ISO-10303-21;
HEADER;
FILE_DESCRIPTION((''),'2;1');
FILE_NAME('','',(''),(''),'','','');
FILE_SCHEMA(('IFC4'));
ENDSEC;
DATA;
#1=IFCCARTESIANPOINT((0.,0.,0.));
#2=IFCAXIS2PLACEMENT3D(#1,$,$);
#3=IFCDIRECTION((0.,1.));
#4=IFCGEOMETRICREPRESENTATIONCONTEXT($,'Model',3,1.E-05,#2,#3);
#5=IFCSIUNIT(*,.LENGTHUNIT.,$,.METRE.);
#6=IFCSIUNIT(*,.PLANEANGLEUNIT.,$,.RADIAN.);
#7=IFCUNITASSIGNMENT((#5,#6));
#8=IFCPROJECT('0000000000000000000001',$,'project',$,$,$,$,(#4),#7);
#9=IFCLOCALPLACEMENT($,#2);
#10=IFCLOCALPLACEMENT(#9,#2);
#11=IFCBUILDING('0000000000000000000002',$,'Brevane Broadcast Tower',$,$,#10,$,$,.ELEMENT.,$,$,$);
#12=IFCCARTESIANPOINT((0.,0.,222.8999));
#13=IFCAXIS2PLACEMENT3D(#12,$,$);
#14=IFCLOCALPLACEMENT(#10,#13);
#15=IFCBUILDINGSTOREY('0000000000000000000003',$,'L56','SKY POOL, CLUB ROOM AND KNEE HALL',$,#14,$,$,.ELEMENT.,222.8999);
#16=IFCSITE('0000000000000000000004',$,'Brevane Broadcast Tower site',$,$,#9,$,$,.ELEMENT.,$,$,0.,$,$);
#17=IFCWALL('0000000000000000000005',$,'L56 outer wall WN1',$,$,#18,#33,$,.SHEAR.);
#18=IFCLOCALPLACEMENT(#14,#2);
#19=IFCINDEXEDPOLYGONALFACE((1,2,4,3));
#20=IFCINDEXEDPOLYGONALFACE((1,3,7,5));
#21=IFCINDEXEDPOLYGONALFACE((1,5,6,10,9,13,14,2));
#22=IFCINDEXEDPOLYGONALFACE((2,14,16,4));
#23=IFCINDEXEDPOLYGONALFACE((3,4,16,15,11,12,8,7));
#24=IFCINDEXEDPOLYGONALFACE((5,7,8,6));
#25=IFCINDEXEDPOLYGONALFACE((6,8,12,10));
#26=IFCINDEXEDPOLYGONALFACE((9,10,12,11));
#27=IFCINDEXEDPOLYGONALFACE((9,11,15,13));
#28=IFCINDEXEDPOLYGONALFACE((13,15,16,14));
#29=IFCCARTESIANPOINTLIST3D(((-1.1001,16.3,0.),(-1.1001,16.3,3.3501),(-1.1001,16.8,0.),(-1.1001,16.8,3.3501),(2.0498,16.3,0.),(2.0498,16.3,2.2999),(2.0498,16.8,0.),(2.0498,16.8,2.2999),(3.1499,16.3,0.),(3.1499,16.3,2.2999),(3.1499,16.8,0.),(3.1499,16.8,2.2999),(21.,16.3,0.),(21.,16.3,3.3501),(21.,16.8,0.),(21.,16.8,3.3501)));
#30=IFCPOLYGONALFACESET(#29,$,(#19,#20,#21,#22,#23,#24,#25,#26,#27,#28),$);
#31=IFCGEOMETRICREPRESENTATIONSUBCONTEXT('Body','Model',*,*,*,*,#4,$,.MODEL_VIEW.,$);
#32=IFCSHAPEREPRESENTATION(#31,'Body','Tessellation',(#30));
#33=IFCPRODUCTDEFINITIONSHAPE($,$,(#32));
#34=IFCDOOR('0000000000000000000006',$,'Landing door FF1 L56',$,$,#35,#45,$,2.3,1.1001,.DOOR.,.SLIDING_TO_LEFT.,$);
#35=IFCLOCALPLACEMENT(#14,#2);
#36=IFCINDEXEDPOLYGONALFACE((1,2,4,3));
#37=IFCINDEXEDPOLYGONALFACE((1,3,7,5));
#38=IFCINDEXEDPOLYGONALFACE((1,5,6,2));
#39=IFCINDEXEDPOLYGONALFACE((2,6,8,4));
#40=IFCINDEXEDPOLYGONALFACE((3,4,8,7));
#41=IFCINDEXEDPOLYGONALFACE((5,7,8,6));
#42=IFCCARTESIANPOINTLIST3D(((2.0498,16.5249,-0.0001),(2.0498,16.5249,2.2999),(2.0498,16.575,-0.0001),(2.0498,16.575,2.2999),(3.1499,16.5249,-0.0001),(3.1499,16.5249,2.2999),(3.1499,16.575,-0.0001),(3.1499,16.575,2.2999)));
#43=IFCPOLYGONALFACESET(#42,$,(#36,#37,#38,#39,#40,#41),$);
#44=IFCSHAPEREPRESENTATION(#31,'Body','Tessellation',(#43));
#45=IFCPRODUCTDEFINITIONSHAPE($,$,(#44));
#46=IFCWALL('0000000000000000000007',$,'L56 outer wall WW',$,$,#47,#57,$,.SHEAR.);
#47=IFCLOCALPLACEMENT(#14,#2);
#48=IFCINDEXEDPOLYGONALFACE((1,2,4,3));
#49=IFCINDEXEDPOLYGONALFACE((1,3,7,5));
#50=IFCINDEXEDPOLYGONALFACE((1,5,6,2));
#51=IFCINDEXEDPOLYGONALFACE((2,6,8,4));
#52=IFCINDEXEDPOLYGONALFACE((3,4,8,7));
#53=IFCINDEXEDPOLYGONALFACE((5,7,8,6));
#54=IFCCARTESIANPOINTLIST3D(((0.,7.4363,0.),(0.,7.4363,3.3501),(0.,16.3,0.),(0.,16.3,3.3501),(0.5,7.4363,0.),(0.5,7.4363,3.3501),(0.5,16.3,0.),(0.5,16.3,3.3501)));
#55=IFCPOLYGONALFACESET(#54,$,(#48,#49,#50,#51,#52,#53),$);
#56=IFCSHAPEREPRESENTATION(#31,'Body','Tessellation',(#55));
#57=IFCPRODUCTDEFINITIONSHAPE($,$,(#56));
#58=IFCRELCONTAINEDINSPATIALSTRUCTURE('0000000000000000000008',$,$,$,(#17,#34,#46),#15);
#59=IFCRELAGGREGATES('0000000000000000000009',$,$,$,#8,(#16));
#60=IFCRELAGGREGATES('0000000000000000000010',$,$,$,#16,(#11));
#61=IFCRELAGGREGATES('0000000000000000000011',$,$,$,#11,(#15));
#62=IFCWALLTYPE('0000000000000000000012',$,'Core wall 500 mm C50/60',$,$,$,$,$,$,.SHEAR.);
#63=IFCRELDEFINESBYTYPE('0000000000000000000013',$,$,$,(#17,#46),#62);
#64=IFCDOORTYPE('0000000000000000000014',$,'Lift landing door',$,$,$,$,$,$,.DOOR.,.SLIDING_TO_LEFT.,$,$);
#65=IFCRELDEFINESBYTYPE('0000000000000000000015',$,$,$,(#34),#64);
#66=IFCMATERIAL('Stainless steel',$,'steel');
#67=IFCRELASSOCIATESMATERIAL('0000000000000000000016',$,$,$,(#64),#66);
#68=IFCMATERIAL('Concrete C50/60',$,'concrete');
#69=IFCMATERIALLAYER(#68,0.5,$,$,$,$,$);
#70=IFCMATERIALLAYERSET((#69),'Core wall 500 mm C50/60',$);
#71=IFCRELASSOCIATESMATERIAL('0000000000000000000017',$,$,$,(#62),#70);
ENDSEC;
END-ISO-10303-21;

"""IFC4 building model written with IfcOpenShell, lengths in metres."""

from ifc_helpers import new_model, si_unit, direction, frame, frame_2d, origin, place, context, subcontext, project, spatial, rectangle, extrude, material, layer, layer_set, type_object, element, fill, save


model = new_model("IFC4")

# Units and contexts
model_context = context("Model", 3, precision=1e-05, world=origin(), true_north=direction((0.0, 1.0)))
body_context = subcontext(model_context, "Body", "Model", "MODEL_VIEW")
ifc_project = project(units=[si_unit("LENGTHUNIT", "METRE"), si_unit("PLANEANGLEUNIT", "RADIAN")], contexts=[model_context])

# Site, building, storey
site_placement = place(None, origin())
site = spatial("IfcSite", under=ifc_project, at=site_placement, Name="Brevane Broadcast Tower site", CompositionType="ELEMENT", RefElevation=0.0)
building_placement = place(site_placement, origin())
building = spatial("IfcBuilding", under=site, at=building_placement, Name="Brevane Broadcast Tower", CompositionType="ELEMENT")
storey_placement = place(building_placement, frame((0.0, 0.0, 222.8999)))
storey = spatial("IfcBuildingStorey", under=building, at=storey_placement, Name="L56", Description="SKY POOL, CLUB ROOM AND KNEE HALL", CompositionType="ELEMENT", Elevation=222.8999)

# Shared definitions
ifc_material_1 = material(Name="Concrete C50/60", Category="concrete")
ifc_material_2 = material(Name="Stainless steel", Category="steel")
door_type_1 = type_object("IfcDoorType", Name="Lift landing door", OperationType="SLIDING_TO_LEFT", PredefinedType="DOOR", material=ifc_material_2)

# Wall, opening, door
ifc_layer_1 = layer(ifc_material_1, 0.5)
ifc_layer_set_1 = layer_set([ifc_layer_1], Name="Core wall 500 mm C50/60")
wall_type_1 = type_object("IfcWallType", Name="Core wall 500 mm C50/60", PredefinedType="SHEAR", material=ifc_layer_set_1)
wall_1_placement = place(storey_placement, frame((-1.1001, 16.55, 0.0), z_axis=(0.0, 0.0, 1.0), x_axis=(1.0, 0.0, 0.0)))
wall_1 = element("IfcWall", 1, at=wall_1_placement, inside=storey, type_object=wall_type_1, Name="L56 outer wall WN1", PredefinedType="SHEAR", context=body_context, shape_type="SweptSolid", body=[
    extrude(rectangle(XDim=22.1001, YDim=0.5, at=frame_2d((11.05, 0.0))), origin(), (0.0, 0.0, 1.0), 3.3501),
])
opening_1_placement = place(wall_1_placement, frame((3.1499, 0.0, 0.0)))
opening_1 = element("IfcOpeningElement", 2, at=opening_1_placement, cuts=wall_1, PredefinedType="OPENING", context=body_context, shape_type="SweptSolid", body=[
    extrude(rectangle(XDim=1.1001, YDim=2.3, at=frame_2d((0.55, 1.1499))), frame((0.0, 0.26, 0.0), z_axis=(0.0, -1.0, 0.0), x_axis=(1.0, 0.0, 0.0)), (0.0, 0.0, 1.0), 0.52),
])
door_1_placement = place(opening_1_placement, origin())
door_1 = element("IfcDoor", 3, at=door_1_placement, inside=storey, type_object=door_type_1, Name="Landing door FF1 L56", OperationType="SLIDING_TO_LEFT", OverallHeight=2.3, OverallWidth=1.1001, PredefinedType="DOOR", context=body_context, shape_type="SweptSolid", body=[
    extrude(rectangle(XDim=1.1001, YDim=2.3, at=frame_2d((0.55, 1.1499))), frame((0.0, 0.0249, 0.0), z_axis=(0.0, -1.0, 0.0), x_axis=(1.0, 0.0, 0.0)), (0.0, 0.0, 1.0), 0.05),
])
fill(opening_1, door_1)

# Wall
wall_2_placement = place(storey_placement, frame((0.25, 7.4363, 0.0), z_axis=(0.0, 0.0, 1.0), x_axis=(0.0, 1.0, 0.0)))
element("IfcWall", 4, at=wall_2_placement, inside=storey, type_object=wall_type_1, Name="L56 outer wall WW", PredefinedType="SHEAR", context=body_context, shape_type="SweptSolid", body=[
    extrude(rectangle(XDim=8.8638, YDim=0.5, at=frame_2d((4.4319, 0.0))), origin(), (0.0, 0.0, 1.0), 3.3501),
])

save(model, "model.ifc")
